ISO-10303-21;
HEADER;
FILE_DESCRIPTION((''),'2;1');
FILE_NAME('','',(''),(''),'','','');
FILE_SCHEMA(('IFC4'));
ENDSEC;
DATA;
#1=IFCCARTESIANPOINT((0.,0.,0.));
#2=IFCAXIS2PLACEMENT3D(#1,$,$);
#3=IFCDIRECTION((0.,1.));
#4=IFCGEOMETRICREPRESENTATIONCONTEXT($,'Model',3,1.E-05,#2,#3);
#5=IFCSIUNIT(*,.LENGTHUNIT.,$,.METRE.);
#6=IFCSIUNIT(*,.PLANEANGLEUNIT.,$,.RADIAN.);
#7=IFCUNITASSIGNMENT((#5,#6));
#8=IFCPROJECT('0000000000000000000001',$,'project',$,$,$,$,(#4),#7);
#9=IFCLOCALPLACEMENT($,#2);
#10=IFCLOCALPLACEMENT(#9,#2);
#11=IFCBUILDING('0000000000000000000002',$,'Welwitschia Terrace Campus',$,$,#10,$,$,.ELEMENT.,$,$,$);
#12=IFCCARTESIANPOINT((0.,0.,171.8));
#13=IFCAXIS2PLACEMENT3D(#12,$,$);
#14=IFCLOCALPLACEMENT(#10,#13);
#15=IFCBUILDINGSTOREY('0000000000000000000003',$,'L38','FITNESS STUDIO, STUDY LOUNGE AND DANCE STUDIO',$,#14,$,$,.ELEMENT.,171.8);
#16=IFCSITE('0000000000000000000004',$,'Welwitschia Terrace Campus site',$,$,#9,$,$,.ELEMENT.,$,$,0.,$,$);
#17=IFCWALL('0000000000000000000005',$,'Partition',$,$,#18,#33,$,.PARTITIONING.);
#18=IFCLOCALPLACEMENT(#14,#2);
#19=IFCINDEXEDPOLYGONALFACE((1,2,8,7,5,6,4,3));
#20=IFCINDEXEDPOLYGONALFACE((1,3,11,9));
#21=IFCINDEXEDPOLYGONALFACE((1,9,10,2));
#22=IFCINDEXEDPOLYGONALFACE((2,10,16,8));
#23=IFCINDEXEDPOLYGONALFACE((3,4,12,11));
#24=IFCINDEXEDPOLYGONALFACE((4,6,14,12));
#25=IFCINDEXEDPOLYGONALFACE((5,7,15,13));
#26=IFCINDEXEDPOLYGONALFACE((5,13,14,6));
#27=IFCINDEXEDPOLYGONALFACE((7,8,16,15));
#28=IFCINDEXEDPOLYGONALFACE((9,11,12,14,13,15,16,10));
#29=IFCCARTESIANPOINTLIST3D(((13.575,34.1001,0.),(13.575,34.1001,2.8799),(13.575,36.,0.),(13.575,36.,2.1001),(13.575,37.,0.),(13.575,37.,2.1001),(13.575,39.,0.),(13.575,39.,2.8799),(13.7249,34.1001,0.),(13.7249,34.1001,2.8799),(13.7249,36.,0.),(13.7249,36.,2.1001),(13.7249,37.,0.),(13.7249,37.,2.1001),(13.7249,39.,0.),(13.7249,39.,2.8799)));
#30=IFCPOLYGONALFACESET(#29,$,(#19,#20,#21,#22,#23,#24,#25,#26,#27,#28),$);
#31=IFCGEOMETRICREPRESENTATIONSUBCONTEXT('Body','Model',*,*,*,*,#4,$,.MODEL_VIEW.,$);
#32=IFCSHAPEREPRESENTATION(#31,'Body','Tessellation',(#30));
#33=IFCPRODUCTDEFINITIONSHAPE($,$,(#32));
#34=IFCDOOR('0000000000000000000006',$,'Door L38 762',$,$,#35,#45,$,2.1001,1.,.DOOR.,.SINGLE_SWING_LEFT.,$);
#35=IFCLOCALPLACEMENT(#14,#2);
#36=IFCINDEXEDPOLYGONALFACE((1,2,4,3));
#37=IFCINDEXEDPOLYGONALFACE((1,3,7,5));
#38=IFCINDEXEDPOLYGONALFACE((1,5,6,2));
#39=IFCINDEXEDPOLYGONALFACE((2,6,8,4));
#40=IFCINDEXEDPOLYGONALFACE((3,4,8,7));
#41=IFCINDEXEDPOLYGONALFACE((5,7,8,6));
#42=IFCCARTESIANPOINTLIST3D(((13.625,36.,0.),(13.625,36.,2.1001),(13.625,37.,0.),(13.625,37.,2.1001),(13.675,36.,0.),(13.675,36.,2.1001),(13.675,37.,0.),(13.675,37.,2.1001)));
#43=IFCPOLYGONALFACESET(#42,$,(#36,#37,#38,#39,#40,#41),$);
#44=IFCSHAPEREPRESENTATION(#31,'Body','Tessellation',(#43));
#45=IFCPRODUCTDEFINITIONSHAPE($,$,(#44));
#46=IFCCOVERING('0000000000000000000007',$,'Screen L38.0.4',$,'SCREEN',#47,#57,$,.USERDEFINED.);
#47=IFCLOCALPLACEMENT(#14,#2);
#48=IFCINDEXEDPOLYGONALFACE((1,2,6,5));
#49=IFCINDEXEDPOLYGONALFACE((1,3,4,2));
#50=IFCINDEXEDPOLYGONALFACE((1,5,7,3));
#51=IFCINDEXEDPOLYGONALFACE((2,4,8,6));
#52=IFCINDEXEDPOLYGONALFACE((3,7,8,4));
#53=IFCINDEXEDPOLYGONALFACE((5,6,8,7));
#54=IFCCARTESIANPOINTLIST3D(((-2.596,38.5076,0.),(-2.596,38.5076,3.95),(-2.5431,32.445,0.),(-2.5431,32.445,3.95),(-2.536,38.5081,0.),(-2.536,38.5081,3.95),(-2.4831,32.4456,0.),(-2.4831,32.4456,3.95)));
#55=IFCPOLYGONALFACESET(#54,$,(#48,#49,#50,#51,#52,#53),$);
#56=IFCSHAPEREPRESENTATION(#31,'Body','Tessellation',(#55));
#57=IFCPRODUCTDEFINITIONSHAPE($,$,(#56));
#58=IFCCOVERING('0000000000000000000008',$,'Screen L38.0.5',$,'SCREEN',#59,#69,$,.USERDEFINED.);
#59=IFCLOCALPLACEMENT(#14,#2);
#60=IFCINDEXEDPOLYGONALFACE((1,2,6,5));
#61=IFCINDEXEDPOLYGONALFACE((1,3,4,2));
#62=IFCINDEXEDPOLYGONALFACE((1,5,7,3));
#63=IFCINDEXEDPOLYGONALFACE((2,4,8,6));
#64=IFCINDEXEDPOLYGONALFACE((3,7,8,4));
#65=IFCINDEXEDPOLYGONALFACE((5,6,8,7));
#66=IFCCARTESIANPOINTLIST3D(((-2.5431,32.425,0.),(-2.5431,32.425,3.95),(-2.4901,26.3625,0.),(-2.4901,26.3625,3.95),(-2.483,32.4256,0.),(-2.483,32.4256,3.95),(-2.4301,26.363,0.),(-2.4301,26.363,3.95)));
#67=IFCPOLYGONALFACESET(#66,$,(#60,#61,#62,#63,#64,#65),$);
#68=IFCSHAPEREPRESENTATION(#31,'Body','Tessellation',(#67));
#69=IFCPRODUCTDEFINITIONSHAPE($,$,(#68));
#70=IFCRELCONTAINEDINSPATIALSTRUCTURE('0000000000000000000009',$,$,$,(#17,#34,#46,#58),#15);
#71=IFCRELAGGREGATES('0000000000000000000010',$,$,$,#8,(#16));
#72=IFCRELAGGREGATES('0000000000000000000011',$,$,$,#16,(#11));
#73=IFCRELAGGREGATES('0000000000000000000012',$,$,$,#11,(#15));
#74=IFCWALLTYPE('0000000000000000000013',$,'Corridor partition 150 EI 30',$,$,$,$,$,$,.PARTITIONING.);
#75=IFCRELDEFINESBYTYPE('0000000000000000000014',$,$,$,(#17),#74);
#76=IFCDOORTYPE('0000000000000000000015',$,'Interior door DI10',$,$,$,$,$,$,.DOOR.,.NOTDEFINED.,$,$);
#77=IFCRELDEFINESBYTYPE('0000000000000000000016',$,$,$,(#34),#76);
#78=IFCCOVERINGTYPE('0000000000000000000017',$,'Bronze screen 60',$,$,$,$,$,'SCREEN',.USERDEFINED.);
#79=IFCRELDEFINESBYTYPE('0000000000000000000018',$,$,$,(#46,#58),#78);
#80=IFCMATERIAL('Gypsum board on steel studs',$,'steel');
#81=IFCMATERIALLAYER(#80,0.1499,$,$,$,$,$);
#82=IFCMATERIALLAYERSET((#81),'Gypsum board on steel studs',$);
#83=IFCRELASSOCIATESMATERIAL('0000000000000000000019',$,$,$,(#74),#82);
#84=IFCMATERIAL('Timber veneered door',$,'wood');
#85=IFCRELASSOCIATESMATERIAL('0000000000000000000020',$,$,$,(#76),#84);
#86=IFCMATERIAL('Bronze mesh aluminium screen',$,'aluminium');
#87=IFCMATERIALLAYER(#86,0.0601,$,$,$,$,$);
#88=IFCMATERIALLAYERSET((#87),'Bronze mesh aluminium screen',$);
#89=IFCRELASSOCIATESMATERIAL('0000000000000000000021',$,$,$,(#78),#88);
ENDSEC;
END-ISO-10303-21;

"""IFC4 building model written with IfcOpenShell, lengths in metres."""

from ifc_helpers import new_model, si_unit, direction, frame, frame_2d, origin, origin_2d, place, context, subcontext, project, spatial, rectangle, extrude, material, layer, layer_set, type_object, element, fill, save


model = new_model("IFC4")

# Units and contexts
model_context = context("Model", 3, precision=1e-05, world=origin(), true_north=direction((0.0, 1.0)))
body_context = subcontext(model_context, "Body", "Model", "MODEL_VIEW")
ifc_project = project(units=[si_unit("LENGTHUNIT", "METRE"), si_unit("PLANEANGLEUNIT", "RADIAN")], contexts=[model_context])

# Site, building, storey
site_placement = place(None, origin())
site = spatial("IfcSite", under=ifc_project, at=site_placement, Name="Welwitschia Terrace Campus site", CompositionType="ELEMENT", RefElevation=0.0)
building_placement = place(site_placement, origin())
building = spatial("IfcBuilding", under=site, at=building_placement, Name="Welwitschia Terrace Campus", CompositionType="ELEMENT")
storey_placement = place(building_placement, frame((0.0, 0.0, 171.8)))
storey = spatial("IfcBuildingStorey", under=building, at=storey_placement, Name="L38", Description="FITNESS STUDIO, STUDY LOUNGE AND DANCE STUDIO", CompositionType="ELEMENT", Elevation=171.8)

# Shared definitions
ifc_material_1 = material(Name="Gypsum board on steel studs", Category="steel")
ifc_layer_1 = layer(ifc_material_1, 0.1499)
ifc_layer_set_1 = layer_set([ifc_layer_1], Name="Gypsum board on steel studs")
wall_type = type_object("IfcWallType", Name="Corridor partition 150 EI 30", PredefinedType="PARTITIONING", material=ifc_layer_set_1)

# Wall, opening, door
wall_1_placement = place(storey_placement, frame((13.6499, 34.1001, 0.0), z_axis=(0.0, 0.0, 1.0), x_axis=(0.0, 1.0, 0.0)))
wall_1 = element("IfcWall", 1, at=wall_1_placement, inside=storey, type_object=wall_type, Name="Partition", PredefinedType="PARTITIONING", context=body_context, shape_type="SweptSolid", body=[
    extrude(rectangle(XDim=4.8999, YDim=0.1499, at=frame_2d((2.45, 0.0))), origin(), (0.0, 0.0, 1.0), 2.8799),
])
opening_1_placement = place(wall_1_placement, frame((1.8999, 0.0, 0.0)))
opening_1 = element("IfcOpeningElement", 2, at=opening_1_placement, cuts=wall_1, PredefinedType="OPENING", context=body_context, shape_type="SweptSolid", body=[
    extrude(rectangle(XDim=1.0, YDim=2.1001, at=frame_2d((0.5, 1.05))), frame((0.0, 0.085, 0.0), z_axis=(0.0, -1.0, 0.0), x_axis=(1.0, 0.0, 0.0)), (0.0, 0.0, 1.0), 0.1699),
])
ifc_material_2 = material(Name="Timber veneered door", Category="wood")
door_type_1 = type_object("IfcDoorType", Name="Interior door DI10", OperationType="NOTDEFINED", PredefinedType="DOOR", material=ifc_material_2)
door_1_placement = place(opening_1_placement, origin())
door_1 = element("IfcDoor", 3, at=door_1_placement, inside=storey, type_object=door_type_1, Name="Door L38 762", OperationType="SINGLE_SWING_LEFT", OverallHeight=2.1001, OverallWidth=1.0, PredefinedType="DOOR", context=body_context, shape_type="SweptSolid", body=[
    extrude(rectangle(XDim=1.0, YDim=2.1001, at=frame_2d((0.5, 1.05))), frame((0.0, 0.0249, 0.0), z_axis=(0.0, -1.0, 0.0), x_axis=(1.0, 0.0, 0.0)), (0.0, 0.0, 1.0), 0.05),
])
fill(opening_1, door_1)

# Coverings
ifc_material_3 = material(Name="Bronze mesh aluminium screen", Category="aluminium")
ifc_layer_2 = layer(ifc_material_3, 0.0601)
ifc_layer_set_2 = layer_set([ifc_layer_2], Name="Bronze mesh aluminium screen")
covering_type = type_object("IfcCoveringType", Name="Bronze screen 60", ElementType="SCREEN", PredefinedType="USERDEFINED", material=ifc_layer_set_2)
for number, where, z_axis, x_axis, name in (
    (4, (-2.5396, 35.4766, 0.0), (0.0, 0.0, 1.0), (0.008727, -0.999962, 0.0), "Screen L38.0.4"),
    (5, (-2.4866, 29.394, 0.0), (0.0, 0.0, 1.0), (0.008727, -0.999962, 0.0), "Screen L38.0.5"),
):
    element("IfcCovering", number, at=place(storey_placement, frame(where, z_axis=z_axis, x_axis=x_axis)), inside=storey, type_object=covering_type, Name=name, ObjectType="SCREEN", PredefinedType="USERDEFINED", context=body_context, shape_type="SweptSolid", body=[
        extrude(rectangle(XDim=6.0627, YDim=0.0601, at=origin_2d()), origin(), (0.0, 0.0, 1.0), 3.95),
    ])

save(model, "model.ifc")
